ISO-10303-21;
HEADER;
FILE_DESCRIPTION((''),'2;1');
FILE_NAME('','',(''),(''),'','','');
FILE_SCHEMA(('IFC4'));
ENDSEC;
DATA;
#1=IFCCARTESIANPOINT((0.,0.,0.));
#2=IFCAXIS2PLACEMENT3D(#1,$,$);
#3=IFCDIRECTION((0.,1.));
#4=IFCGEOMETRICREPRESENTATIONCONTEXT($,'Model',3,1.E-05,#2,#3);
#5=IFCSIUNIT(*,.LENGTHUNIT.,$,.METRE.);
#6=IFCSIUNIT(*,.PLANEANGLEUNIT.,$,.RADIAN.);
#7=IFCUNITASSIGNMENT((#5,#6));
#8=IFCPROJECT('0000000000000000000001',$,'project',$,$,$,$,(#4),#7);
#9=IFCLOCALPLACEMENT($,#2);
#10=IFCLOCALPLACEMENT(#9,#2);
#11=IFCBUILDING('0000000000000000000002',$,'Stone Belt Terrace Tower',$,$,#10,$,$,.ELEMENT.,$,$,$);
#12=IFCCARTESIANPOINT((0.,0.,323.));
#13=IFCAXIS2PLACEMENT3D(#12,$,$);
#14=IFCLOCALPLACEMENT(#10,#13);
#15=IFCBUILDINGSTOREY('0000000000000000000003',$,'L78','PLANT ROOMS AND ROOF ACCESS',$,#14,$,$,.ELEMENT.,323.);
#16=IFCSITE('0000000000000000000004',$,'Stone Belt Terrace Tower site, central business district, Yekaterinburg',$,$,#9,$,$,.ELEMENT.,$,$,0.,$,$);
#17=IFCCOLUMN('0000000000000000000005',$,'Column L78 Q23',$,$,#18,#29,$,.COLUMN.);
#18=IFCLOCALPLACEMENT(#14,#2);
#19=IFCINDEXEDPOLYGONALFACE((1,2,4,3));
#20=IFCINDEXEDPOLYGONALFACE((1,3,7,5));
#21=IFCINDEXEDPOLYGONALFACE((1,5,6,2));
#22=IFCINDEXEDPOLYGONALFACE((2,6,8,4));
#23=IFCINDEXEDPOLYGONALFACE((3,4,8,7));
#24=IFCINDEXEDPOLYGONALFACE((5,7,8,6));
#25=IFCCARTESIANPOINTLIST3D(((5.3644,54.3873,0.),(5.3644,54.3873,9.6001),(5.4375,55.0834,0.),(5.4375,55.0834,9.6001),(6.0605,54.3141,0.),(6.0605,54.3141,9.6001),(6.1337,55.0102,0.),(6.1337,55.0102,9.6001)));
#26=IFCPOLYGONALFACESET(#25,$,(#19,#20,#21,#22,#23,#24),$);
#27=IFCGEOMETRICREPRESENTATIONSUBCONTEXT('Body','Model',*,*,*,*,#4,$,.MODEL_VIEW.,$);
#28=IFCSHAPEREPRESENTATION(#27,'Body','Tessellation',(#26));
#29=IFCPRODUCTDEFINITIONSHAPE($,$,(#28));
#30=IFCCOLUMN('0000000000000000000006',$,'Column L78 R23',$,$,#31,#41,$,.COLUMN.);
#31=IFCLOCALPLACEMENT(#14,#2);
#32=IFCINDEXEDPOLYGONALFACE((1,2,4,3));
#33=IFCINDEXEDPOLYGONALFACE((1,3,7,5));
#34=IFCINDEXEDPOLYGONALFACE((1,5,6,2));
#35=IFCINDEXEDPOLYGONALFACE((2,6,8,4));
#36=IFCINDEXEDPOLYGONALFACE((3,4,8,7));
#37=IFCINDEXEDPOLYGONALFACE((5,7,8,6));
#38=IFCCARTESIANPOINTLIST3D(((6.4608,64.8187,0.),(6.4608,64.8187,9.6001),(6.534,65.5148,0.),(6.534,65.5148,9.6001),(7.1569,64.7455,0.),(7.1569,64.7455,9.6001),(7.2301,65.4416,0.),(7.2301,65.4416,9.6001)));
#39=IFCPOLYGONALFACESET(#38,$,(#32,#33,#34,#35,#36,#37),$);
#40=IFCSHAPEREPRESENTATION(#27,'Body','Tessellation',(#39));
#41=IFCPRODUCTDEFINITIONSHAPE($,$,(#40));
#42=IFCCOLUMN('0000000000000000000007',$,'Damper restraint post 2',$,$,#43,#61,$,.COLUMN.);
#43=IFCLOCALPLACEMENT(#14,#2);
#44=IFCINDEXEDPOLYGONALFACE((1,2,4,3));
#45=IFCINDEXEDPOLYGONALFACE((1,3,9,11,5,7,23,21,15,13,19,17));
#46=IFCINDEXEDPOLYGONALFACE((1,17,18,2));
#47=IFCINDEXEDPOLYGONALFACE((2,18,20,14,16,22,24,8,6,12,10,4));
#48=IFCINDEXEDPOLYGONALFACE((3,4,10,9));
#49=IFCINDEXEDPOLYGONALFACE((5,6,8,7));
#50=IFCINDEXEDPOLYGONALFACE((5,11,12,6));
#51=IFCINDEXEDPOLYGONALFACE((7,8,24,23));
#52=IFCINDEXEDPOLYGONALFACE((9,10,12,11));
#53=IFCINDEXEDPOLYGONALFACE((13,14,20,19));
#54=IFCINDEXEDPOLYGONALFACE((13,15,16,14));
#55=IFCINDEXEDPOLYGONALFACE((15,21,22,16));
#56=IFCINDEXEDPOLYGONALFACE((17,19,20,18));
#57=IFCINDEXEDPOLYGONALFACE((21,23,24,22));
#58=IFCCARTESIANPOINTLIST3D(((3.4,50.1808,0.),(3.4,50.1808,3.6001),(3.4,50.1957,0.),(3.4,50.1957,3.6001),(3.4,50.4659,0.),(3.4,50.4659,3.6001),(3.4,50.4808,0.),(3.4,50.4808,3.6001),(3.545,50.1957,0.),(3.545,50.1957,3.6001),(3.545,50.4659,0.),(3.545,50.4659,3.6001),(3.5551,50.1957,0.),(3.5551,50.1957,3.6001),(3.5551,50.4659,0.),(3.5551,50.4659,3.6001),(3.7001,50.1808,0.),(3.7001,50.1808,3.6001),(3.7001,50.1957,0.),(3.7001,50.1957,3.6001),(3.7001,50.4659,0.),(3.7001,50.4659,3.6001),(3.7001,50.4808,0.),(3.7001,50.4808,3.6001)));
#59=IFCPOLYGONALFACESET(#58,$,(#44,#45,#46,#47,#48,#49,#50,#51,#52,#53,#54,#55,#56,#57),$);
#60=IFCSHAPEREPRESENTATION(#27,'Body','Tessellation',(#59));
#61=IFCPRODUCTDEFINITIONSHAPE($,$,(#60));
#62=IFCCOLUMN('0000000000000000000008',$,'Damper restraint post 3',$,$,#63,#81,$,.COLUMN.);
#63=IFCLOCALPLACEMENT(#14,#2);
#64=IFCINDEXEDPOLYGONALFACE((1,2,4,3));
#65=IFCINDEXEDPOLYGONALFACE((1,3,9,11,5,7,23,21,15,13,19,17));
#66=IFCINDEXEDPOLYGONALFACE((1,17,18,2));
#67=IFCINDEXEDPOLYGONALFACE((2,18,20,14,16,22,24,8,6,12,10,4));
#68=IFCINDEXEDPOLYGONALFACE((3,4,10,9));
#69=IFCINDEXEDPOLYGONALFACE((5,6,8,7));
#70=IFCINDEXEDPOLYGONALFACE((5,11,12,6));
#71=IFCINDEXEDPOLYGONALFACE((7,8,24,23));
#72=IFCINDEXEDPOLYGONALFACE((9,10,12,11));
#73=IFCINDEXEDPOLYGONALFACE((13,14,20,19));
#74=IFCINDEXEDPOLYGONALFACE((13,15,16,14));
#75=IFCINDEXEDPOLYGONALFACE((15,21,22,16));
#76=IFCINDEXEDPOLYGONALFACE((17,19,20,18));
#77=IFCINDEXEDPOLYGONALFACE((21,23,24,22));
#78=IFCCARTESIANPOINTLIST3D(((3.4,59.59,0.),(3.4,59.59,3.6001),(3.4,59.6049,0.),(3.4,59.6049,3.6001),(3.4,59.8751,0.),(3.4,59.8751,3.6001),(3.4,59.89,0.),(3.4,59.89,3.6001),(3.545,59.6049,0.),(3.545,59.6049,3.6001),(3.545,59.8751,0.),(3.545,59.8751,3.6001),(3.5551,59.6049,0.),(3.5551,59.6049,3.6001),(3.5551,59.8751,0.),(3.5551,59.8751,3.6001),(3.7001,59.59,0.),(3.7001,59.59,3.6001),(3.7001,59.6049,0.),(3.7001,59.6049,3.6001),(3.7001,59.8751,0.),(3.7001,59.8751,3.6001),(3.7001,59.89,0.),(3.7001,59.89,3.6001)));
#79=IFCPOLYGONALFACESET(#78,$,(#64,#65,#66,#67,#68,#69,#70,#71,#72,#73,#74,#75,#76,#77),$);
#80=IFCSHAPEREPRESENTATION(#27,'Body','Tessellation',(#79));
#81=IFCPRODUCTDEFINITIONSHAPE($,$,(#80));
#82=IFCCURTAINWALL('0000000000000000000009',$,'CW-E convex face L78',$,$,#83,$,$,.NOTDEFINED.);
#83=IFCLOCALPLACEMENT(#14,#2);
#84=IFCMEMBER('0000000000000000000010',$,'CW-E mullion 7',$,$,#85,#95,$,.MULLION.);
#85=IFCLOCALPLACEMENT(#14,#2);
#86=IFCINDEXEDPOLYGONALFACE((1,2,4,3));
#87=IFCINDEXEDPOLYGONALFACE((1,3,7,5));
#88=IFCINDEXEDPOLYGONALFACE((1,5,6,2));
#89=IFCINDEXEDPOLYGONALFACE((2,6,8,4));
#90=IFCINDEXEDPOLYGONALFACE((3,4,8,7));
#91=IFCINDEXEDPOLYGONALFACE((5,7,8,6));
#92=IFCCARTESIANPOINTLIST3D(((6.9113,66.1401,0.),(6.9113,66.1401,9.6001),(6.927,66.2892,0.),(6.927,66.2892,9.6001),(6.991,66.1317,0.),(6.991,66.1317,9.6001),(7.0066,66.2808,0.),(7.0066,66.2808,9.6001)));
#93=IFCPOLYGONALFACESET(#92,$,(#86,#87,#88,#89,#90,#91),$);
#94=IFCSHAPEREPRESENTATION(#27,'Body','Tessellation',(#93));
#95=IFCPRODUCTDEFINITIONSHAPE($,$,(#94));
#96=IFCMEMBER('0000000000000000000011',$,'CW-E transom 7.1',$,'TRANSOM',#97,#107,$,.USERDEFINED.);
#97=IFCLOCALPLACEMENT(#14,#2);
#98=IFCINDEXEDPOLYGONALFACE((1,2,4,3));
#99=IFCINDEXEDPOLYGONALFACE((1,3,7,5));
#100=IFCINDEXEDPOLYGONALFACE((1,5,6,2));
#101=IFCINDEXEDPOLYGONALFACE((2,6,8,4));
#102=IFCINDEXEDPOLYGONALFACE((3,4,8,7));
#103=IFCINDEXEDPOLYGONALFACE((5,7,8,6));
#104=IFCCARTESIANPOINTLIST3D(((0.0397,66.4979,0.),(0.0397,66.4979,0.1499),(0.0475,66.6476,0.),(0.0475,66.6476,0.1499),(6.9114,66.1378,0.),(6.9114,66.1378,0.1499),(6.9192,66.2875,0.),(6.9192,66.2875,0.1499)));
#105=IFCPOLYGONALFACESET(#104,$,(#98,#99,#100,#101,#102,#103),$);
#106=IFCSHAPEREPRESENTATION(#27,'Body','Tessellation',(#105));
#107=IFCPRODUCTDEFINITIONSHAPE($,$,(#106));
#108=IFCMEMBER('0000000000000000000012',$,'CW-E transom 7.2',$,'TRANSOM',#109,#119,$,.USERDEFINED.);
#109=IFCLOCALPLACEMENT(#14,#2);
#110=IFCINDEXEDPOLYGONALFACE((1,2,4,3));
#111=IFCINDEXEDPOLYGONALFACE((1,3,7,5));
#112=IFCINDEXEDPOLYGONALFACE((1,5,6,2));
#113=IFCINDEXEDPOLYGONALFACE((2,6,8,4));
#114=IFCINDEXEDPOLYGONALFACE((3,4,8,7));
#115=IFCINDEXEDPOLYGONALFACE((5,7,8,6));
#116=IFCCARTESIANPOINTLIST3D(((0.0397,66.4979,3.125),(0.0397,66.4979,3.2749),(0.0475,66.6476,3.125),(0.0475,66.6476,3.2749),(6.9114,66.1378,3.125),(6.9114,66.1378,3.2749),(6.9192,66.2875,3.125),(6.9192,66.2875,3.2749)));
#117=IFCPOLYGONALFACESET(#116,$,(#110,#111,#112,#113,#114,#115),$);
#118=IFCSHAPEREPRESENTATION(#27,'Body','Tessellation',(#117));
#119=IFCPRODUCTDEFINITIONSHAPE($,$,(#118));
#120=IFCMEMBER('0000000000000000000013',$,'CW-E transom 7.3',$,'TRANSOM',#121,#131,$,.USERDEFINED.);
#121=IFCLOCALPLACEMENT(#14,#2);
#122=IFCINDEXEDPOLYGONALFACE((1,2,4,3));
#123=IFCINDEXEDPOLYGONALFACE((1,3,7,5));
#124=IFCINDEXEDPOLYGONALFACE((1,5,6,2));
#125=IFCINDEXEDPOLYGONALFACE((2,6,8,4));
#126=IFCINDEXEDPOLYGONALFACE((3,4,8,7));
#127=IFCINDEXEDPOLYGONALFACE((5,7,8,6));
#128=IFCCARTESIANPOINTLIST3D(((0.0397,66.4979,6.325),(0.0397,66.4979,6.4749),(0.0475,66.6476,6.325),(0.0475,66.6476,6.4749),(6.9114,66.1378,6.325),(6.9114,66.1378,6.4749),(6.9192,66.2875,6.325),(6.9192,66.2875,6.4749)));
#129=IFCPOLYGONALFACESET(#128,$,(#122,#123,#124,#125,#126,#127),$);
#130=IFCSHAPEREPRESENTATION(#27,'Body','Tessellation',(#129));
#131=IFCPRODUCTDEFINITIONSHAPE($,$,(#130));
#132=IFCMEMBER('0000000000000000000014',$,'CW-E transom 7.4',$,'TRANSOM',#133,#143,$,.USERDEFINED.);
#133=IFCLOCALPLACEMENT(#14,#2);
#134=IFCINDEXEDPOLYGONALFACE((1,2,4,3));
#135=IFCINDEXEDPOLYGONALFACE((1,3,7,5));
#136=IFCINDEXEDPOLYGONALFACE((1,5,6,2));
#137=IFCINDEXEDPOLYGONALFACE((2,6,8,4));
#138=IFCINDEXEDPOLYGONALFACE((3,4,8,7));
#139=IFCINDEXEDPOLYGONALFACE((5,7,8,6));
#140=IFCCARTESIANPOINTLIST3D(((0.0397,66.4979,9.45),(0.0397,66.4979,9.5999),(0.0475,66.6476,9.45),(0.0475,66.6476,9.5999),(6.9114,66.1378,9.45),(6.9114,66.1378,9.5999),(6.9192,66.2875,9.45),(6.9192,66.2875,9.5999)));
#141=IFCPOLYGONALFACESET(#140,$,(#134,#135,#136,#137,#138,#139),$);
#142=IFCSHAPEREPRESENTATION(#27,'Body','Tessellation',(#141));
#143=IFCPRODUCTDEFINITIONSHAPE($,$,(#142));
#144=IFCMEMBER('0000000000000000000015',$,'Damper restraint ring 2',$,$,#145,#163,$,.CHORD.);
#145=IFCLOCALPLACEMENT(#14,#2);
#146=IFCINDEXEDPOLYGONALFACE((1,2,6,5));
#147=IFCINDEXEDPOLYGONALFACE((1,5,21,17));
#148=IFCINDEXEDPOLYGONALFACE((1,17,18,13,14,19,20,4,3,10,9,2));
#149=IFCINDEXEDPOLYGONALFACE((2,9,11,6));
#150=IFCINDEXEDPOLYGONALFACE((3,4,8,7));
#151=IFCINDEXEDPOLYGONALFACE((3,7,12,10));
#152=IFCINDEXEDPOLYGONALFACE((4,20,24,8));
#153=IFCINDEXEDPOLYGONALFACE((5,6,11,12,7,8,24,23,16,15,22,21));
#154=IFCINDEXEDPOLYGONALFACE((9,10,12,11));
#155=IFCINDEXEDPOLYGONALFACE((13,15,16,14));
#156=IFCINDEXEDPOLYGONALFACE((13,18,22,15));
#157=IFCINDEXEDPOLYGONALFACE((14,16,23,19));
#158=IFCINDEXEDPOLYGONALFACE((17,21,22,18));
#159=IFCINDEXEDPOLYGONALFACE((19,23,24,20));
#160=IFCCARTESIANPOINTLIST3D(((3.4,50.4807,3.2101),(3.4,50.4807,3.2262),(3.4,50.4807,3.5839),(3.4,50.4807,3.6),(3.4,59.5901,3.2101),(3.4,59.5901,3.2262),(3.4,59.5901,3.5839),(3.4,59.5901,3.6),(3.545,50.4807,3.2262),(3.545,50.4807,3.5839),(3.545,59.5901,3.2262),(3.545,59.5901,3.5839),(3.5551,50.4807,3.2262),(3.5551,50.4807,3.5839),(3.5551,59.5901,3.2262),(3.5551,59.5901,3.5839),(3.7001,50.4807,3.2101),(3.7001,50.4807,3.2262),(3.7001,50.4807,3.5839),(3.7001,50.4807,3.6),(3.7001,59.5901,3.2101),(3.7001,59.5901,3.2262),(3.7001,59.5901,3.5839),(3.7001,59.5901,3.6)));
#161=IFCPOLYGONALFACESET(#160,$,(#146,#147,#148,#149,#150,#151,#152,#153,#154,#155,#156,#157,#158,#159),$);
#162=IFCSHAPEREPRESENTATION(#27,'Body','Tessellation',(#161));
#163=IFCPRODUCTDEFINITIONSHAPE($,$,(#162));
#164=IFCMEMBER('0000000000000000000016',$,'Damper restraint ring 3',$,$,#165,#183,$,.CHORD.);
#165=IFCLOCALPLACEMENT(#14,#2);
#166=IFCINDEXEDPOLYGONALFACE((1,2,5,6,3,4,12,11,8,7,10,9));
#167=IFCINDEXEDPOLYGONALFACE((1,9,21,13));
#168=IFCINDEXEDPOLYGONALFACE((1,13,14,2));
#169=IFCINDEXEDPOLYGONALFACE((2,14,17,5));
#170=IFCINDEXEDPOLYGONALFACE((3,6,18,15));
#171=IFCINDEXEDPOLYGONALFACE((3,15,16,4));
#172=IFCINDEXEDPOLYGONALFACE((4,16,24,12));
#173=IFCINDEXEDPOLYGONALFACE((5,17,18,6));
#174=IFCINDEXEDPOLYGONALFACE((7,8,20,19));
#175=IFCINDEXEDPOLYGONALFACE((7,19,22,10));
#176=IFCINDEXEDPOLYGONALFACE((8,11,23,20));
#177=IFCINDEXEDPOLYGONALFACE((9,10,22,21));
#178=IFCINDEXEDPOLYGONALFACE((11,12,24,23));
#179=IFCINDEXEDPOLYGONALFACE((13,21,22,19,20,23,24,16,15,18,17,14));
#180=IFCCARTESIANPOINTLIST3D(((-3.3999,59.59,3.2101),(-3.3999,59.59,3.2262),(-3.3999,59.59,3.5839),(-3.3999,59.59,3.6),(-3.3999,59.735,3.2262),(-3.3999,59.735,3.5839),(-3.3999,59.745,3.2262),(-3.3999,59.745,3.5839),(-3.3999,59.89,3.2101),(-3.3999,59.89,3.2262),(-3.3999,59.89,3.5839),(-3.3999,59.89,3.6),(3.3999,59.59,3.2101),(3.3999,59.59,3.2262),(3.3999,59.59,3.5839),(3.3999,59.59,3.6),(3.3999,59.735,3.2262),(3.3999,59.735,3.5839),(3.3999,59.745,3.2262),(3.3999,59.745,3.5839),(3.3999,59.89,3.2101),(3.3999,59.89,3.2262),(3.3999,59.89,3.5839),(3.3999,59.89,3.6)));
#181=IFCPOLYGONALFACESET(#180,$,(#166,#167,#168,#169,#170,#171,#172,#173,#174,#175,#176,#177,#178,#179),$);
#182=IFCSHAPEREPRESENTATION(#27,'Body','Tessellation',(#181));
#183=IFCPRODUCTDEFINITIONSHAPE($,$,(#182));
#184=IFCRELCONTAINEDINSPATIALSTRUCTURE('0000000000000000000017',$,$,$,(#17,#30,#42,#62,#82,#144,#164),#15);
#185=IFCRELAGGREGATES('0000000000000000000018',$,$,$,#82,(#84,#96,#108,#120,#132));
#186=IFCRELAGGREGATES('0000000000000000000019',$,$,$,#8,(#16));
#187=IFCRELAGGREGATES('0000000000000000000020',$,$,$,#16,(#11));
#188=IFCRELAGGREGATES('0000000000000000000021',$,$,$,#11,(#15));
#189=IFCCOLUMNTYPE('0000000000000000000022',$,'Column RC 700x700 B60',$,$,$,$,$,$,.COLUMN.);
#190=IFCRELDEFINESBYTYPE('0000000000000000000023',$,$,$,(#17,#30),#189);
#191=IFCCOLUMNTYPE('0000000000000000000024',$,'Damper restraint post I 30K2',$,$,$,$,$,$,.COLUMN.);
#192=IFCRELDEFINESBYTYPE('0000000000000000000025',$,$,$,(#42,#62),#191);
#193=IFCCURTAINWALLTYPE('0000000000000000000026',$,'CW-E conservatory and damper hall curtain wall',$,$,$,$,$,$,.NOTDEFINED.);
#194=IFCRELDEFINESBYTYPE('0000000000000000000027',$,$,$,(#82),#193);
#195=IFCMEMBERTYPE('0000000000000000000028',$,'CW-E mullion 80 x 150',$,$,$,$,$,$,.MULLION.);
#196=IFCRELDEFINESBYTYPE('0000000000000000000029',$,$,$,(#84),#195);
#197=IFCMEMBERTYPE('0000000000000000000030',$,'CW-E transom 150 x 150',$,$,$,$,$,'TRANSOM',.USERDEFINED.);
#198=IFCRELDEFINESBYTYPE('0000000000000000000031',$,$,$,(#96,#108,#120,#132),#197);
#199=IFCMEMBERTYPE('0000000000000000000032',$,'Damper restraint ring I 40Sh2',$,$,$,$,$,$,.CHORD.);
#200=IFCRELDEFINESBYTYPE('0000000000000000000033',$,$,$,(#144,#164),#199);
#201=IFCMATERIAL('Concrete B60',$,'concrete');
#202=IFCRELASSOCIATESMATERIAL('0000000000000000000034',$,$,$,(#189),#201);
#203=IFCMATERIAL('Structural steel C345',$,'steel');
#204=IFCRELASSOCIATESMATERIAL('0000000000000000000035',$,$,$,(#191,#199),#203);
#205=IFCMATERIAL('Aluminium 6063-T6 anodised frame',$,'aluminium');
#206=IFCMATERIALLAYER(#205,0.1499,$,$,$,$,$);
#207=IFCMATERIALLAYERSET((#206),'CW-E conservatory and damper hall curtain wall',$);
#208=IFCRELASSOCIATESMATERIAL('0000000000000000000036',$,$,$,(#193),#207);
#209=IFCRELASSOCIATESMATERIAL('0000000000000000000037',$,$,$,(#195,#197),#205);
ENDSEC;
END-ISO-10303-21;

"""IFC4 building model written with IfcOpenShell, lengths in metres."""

from ifc_helpers import new_model, si_unit, direction, frame, origin, origin_2d, place, context, subcontext, project, spatial, rectangle, i_section, extrude, material, layer, layer_set, material_profile, profile_set, type_object, element, aggregate, save


model = new_model("IFC4")

# Units and contexts
model_context = context("Model", 3, precision=1e-05, world=origin(), true_north=direction((0.0, 1.0)))
body_context = subcontext(model_context, "Body", "Model", "MODEL_VIEW")
ifc_project = project(units=[si_unit("LENGTHUNIT", "METRE"), si_unit("PLANEANGLEUNIT", "RADIAN")], contexts=[model_context])

# Site, building, storey
site_placement = place(None, origin())
site = spatial("IfcSite", under=ifc_project, at=site_placement, Name="Stone Belt Terrace Tower site, central business district, Yekaterinburg", CompositionType="ELEMENT", RefElevation=0.0)
building_placement = place(site_placement, origin())
building = spatial("IfcBuilding", under=site, at=building_placement, Name="Stone Belt Terrace Tower", CompositionType="ELEMENT")
storey_placement = place(building_placement, frame((0.0, 0.0, 323.0)))
storey = spatial("IfcBuildingStorey", under=building, at=storey_placement, Name="L78", Description="PLANT ROOMS AND ROOF ACCESS", CompositionType="ELEMENT", Elevation=323.0)

# Columns
ifc_material_1 = material(Name="Concrete B60", Category="concrete")
ifc_material_profile_1 = material_profile(ifc_material_1, rectangle(XDim=0.7, YDim=0.7, at=origin_2d()), Name="RC 700x700")
ifc_profile_set_1 = profile_set([ifc_material_profile_1], Name="Concrete B60")
column_type_1 = type_object("IfcColumnType", Name="Column RC 700x700 B60", PredefinedType="COLUMN", material=ifc_profile_set_1)
for number, where, z_axis, x_axis, name in (
    (1, (5.749, 54.6987, 0.0), (0.0, 0.0, 1.0), (0.994522, -0.104528, 0.0), "Column L78 Q23"),
    (2, (6.8455, 65.1301, 0.0), (0.0, 0.0, 1.0), (0.994522, -0.104528, 0.0), "Column L78 R23"),
):
    element("IfcColumn", number, at=place(storey_placement, frame(where, z_axis=z_axis, x_axis=x_axis)), inside=storey, type_object=column_type_1, Name=name, PredefinedType="COLUMN", context=body_context, shape_type="SweptSolid", body=[
        extrude(rectangle(XDim=0.7, YDim=0.7, at=origin_2d()), origin(), (0.0, 0.0, 1.0), 9.6001),
    ])
ifc_material_2 = material(Name="Structural steel C345", Category="steel")
ifc_material_profile_2 = material_profile(ifc_material_2, i_section(OverallWidth=0.3, OverallDepth=0.3, WebThickness=0.01, FlangeThickness=0.0149, at=origin_2d()), Name="I 30K2")
ifc_profile_set_2 = profile_set([ifc_material_profile_2], Name="Structural steel C345")
column_type_2 = type_object("IfcColumnType", Name="Damper restraint post I 30K2", PredefinedType="COLUMN", material=ifc_profile_set_2)
for number, where, z_axis, x_axis, name in (
    (3, (3.55, 50.3308, 0.0), (0.0, 0.0, 1.0), (1.0, 0.0, 0.0), "Damper restraint post 2"),
    (4, (3.55, 59.74, 0.0), (0.0, 0.0, 1.0), (1.0, 0.0, 0.0), "Damper restraint post 3"),
):
    element("IfcColumn", number, at=place(storey_placement, frame(where, z_axis=z_axis, x_axis=x_axis)), inside=storey, type_object=column_type_2, Name=name, PredefinedType="COLUMN", context=body_context, shape_type="SweptSolid", body=[
        extrude(i_section(OverallWidth=0.3, OverallDepth=0.3, WebThickness=0.01, FlangeThickness=0.0149, at=origin_2d()), origin(), (0.0, 0.0, 1.0), 3.6001),
    ])

# Curtain wall, members
ifc_material_3 = material(Name="Aluminium 6063-T6 anodised frame", Category="aluminium")
ifc_layer_1 = layer(ifc_material_3, 0.1499)
ifc_layer_set_1 = layer_set([ifc_layer_1], Name="CW-E conservatory and damper hall curtain wall")
curtain_wall_type = type_object("IfcCurtainWallType", Name="CW-E conservatory and damper hall curtain wall", PredefinedType="NOTDEFINED", material=ifc_layer_set_1)
curtain_wall_placement = place(storey_placement, origin())
curtain_wall = element("IfcCurtainWall", 5, at=curtain_wall_placement, inside=storey, type_object=curtain_wall_type, Name="CW-E convex face L78", PredefinedType="NOTDEFINED")
ifc_material_profile_3 = material_profile(ifc_material_3, rectangle(XDim=0.1499, YDim=0.0801, at=origin_2d()), Name="Aluminium 6063-T6 80x150")
ifc_profile_set_3 = profile_set([ifc_material_profile_3], Name="Aluminium 6063-T6 anodised frame")
member_type_1 = type_object("IfcMemberType", Name="CW-E mullion 80 x 150", PredefinedType="MULLION", material=ifc_profile_set_3)
member_1_placement = place(storey_placement, frame((6.959, 66.2104, 0.0), z_axis=(0.0, 0.0, 1.0), x_axis=(-0.104528, -0.994522, 0.0)))
member_1 = element("IfcMember", 6, at=member_1_placement, type_object=member_type_1, Name="CW-E mullion 7", PredefinedType="MULLION", context=body_context, shape_type="SweptSolid", body=[
    extrude(rectangle(XDim=0.1499, YDim=0.0801, at=origin_2d()), origin(), (0.0, 0.0, 1.0), 9.6001),
])
ifc_material_profile_4 = material_profile(ifc_material_3, rectangle(XDim=0.1499, YDim=0.1499, at=origin_2d()), Name="Aluminium 6063-T6 150x150")
ifc_profile_set_4 = profile_set([ifc_material_profile_4], Name="Aluminium 6063-T6 anodised frame")
member_type_2 = type_object("IfcMemberType", Name="CW-E transom 150 x 150", ElementType="TRANSOM", PredefinedType="USERDEFINED", material=ifc_profile_set_4)
member_2_placement = place(storey_placement, frame((6.9153, 66.2126, 0.075), z_axis=(-0.99863, 0.052334, 0.0), x_axis=(-0.052334, -0.99863, 0.0)))
member_2 = element("IfcMember", 7, at=member_2_placement, type_object=member_type_2, Name="CW-E transom 7.1", ObjectType="TRANSOM", PredefinedType="USERDEFINED", context=body_context, shape_type="SweptSolid", body=[
    extrude(rectangle(XDim=0.1499, YDim=0.1499, at=origin_2d()), origin(), (0.0, 0.0, 1.0), 6.8811),
])
member_3_placement = place(storey_placement, frame((6.9153, 66.2126, 3.2), z_axis=(-0.99863, 0.052334, 0.0), x_axis=(-0.052334, -0.99863, 0.0)))
member_3 = element("IfcMember", 8, at=member_3_placement, type_object=member_type_2, Name="CW-E transom 7.2", ObjectType="TRANSOM", PredefinedType="USERDEFINED", context=body_context, shape_type="SweptSolid", body=[
    extrude(rectangle(XDim=0.1499, YDim=0.1499, at=origin_2d()), origin(), (0.0, 0.0, 1.0), 6.8811),
])
member_4_placement = place(storey_placement, frame((6.9153, 66.2126, 6.3999), z_axis=(-0.99863, 0.052334, 0.0), x_axis=(-0.052334, -0.99863, 0.0)))
member_4 = element("IfcMember", 9, at=member_4_placement, type_object=member_type_2, Name="CW-E transom 7.3", ObjectType="TRANSOM", PredefinedType="USERDEFINED", context=body_context, shape_type="SweptSolid", body=[
    extrude(rectangle(XDim=0.1499, YDim=0.1499, at=origin_2d()), origin(), (0.0, 0.0, 1.0), 6.8811),
])
member_5_placement = place(storey_placement, frame((6.9153, 66.2126, 9.5249), z_axis=(-0.99863, 0.052334, 0.0), x_axis=(-0.052334, -0.99863, 0.0)))
member_5 = element("IfcMember", 10, at=member_5_placement, type_object=member_type_2, Name="CW-E transom 7.4", ObjectType="TRANSOM", PredefinedType="USERDEFINED", context=body_context, shape_type="SweptSolid", body=[
    extrude(rectangle(XDim=0.1499, YDim=0.1499, at=origin_2d()), origin(), (0.0, 0.0, 1.0), 6.8811),
])

# Members
ifc_material_profile_5 = material_profile(ifc_material_2, i_section(OverallWidth=0.3, OverallDepth=0.3899, WebThickness=0.01, FlangeThickness=0.0161, at=origin_2d()), Name="I 40Sh2")
ifc_profile_set_5 = profile_set([ifc_material_profile_5], Name="Structural steel C345")
member_type_3 = type_object("IfcMemberType", Name="Damper restraint ring I 40Sh2", PredefinedType="CHORD", material=ifc_profile_set_5)
member_6_placement = place(storey_placement, frame((3.55, 50.4807, 3.405), z_axis=(0.0, 1.0, 0.0), x_axis=(-1.0, 0.0, 0.0)))
element("IfcMember", 11, at=member_6_placement, inside=storey, type_object=member_type_3, Name="Damper restraint ring 2", PredefinedType="CHORD", context=body_context, shape_type="SweptSolid", body=[
    extrude(i_section(OverallWidth=0.3, OverallDepth=0.3899, WebThickness=0.01, FlangeThickness=0.0161, at=origin_2d()), origin(), (0.0, 0.0, 1.0), 9.1094),
])
member_7_placement = place(storey_placement, frame((3.3999, 59.74, 3.405), z_axis=(-1.0, 0.0, 0.0), x_axis=(0.0, -1.0, 0.0)))
element("IfcMember", 12, at=member_7_placement, inside=storey, type_object=member_type_3, Name="Damper restraint ring 3", PredefinedType="CHORD", context=body_context, shape_type="SweptSolid", body=[
    extrude(i_section(OverallWidth=0.3, OverallDepth=0.3899, WebThickness=0.01, FlangeThickness=0.0161, at=origin_2d()), origin(), (0.0, 0.0, 1.0), 6.7998),
])

aggregate(curtain_wall, [member_1, member_2, member_3, member_4, member_5])

save(model, "model.ifc")
